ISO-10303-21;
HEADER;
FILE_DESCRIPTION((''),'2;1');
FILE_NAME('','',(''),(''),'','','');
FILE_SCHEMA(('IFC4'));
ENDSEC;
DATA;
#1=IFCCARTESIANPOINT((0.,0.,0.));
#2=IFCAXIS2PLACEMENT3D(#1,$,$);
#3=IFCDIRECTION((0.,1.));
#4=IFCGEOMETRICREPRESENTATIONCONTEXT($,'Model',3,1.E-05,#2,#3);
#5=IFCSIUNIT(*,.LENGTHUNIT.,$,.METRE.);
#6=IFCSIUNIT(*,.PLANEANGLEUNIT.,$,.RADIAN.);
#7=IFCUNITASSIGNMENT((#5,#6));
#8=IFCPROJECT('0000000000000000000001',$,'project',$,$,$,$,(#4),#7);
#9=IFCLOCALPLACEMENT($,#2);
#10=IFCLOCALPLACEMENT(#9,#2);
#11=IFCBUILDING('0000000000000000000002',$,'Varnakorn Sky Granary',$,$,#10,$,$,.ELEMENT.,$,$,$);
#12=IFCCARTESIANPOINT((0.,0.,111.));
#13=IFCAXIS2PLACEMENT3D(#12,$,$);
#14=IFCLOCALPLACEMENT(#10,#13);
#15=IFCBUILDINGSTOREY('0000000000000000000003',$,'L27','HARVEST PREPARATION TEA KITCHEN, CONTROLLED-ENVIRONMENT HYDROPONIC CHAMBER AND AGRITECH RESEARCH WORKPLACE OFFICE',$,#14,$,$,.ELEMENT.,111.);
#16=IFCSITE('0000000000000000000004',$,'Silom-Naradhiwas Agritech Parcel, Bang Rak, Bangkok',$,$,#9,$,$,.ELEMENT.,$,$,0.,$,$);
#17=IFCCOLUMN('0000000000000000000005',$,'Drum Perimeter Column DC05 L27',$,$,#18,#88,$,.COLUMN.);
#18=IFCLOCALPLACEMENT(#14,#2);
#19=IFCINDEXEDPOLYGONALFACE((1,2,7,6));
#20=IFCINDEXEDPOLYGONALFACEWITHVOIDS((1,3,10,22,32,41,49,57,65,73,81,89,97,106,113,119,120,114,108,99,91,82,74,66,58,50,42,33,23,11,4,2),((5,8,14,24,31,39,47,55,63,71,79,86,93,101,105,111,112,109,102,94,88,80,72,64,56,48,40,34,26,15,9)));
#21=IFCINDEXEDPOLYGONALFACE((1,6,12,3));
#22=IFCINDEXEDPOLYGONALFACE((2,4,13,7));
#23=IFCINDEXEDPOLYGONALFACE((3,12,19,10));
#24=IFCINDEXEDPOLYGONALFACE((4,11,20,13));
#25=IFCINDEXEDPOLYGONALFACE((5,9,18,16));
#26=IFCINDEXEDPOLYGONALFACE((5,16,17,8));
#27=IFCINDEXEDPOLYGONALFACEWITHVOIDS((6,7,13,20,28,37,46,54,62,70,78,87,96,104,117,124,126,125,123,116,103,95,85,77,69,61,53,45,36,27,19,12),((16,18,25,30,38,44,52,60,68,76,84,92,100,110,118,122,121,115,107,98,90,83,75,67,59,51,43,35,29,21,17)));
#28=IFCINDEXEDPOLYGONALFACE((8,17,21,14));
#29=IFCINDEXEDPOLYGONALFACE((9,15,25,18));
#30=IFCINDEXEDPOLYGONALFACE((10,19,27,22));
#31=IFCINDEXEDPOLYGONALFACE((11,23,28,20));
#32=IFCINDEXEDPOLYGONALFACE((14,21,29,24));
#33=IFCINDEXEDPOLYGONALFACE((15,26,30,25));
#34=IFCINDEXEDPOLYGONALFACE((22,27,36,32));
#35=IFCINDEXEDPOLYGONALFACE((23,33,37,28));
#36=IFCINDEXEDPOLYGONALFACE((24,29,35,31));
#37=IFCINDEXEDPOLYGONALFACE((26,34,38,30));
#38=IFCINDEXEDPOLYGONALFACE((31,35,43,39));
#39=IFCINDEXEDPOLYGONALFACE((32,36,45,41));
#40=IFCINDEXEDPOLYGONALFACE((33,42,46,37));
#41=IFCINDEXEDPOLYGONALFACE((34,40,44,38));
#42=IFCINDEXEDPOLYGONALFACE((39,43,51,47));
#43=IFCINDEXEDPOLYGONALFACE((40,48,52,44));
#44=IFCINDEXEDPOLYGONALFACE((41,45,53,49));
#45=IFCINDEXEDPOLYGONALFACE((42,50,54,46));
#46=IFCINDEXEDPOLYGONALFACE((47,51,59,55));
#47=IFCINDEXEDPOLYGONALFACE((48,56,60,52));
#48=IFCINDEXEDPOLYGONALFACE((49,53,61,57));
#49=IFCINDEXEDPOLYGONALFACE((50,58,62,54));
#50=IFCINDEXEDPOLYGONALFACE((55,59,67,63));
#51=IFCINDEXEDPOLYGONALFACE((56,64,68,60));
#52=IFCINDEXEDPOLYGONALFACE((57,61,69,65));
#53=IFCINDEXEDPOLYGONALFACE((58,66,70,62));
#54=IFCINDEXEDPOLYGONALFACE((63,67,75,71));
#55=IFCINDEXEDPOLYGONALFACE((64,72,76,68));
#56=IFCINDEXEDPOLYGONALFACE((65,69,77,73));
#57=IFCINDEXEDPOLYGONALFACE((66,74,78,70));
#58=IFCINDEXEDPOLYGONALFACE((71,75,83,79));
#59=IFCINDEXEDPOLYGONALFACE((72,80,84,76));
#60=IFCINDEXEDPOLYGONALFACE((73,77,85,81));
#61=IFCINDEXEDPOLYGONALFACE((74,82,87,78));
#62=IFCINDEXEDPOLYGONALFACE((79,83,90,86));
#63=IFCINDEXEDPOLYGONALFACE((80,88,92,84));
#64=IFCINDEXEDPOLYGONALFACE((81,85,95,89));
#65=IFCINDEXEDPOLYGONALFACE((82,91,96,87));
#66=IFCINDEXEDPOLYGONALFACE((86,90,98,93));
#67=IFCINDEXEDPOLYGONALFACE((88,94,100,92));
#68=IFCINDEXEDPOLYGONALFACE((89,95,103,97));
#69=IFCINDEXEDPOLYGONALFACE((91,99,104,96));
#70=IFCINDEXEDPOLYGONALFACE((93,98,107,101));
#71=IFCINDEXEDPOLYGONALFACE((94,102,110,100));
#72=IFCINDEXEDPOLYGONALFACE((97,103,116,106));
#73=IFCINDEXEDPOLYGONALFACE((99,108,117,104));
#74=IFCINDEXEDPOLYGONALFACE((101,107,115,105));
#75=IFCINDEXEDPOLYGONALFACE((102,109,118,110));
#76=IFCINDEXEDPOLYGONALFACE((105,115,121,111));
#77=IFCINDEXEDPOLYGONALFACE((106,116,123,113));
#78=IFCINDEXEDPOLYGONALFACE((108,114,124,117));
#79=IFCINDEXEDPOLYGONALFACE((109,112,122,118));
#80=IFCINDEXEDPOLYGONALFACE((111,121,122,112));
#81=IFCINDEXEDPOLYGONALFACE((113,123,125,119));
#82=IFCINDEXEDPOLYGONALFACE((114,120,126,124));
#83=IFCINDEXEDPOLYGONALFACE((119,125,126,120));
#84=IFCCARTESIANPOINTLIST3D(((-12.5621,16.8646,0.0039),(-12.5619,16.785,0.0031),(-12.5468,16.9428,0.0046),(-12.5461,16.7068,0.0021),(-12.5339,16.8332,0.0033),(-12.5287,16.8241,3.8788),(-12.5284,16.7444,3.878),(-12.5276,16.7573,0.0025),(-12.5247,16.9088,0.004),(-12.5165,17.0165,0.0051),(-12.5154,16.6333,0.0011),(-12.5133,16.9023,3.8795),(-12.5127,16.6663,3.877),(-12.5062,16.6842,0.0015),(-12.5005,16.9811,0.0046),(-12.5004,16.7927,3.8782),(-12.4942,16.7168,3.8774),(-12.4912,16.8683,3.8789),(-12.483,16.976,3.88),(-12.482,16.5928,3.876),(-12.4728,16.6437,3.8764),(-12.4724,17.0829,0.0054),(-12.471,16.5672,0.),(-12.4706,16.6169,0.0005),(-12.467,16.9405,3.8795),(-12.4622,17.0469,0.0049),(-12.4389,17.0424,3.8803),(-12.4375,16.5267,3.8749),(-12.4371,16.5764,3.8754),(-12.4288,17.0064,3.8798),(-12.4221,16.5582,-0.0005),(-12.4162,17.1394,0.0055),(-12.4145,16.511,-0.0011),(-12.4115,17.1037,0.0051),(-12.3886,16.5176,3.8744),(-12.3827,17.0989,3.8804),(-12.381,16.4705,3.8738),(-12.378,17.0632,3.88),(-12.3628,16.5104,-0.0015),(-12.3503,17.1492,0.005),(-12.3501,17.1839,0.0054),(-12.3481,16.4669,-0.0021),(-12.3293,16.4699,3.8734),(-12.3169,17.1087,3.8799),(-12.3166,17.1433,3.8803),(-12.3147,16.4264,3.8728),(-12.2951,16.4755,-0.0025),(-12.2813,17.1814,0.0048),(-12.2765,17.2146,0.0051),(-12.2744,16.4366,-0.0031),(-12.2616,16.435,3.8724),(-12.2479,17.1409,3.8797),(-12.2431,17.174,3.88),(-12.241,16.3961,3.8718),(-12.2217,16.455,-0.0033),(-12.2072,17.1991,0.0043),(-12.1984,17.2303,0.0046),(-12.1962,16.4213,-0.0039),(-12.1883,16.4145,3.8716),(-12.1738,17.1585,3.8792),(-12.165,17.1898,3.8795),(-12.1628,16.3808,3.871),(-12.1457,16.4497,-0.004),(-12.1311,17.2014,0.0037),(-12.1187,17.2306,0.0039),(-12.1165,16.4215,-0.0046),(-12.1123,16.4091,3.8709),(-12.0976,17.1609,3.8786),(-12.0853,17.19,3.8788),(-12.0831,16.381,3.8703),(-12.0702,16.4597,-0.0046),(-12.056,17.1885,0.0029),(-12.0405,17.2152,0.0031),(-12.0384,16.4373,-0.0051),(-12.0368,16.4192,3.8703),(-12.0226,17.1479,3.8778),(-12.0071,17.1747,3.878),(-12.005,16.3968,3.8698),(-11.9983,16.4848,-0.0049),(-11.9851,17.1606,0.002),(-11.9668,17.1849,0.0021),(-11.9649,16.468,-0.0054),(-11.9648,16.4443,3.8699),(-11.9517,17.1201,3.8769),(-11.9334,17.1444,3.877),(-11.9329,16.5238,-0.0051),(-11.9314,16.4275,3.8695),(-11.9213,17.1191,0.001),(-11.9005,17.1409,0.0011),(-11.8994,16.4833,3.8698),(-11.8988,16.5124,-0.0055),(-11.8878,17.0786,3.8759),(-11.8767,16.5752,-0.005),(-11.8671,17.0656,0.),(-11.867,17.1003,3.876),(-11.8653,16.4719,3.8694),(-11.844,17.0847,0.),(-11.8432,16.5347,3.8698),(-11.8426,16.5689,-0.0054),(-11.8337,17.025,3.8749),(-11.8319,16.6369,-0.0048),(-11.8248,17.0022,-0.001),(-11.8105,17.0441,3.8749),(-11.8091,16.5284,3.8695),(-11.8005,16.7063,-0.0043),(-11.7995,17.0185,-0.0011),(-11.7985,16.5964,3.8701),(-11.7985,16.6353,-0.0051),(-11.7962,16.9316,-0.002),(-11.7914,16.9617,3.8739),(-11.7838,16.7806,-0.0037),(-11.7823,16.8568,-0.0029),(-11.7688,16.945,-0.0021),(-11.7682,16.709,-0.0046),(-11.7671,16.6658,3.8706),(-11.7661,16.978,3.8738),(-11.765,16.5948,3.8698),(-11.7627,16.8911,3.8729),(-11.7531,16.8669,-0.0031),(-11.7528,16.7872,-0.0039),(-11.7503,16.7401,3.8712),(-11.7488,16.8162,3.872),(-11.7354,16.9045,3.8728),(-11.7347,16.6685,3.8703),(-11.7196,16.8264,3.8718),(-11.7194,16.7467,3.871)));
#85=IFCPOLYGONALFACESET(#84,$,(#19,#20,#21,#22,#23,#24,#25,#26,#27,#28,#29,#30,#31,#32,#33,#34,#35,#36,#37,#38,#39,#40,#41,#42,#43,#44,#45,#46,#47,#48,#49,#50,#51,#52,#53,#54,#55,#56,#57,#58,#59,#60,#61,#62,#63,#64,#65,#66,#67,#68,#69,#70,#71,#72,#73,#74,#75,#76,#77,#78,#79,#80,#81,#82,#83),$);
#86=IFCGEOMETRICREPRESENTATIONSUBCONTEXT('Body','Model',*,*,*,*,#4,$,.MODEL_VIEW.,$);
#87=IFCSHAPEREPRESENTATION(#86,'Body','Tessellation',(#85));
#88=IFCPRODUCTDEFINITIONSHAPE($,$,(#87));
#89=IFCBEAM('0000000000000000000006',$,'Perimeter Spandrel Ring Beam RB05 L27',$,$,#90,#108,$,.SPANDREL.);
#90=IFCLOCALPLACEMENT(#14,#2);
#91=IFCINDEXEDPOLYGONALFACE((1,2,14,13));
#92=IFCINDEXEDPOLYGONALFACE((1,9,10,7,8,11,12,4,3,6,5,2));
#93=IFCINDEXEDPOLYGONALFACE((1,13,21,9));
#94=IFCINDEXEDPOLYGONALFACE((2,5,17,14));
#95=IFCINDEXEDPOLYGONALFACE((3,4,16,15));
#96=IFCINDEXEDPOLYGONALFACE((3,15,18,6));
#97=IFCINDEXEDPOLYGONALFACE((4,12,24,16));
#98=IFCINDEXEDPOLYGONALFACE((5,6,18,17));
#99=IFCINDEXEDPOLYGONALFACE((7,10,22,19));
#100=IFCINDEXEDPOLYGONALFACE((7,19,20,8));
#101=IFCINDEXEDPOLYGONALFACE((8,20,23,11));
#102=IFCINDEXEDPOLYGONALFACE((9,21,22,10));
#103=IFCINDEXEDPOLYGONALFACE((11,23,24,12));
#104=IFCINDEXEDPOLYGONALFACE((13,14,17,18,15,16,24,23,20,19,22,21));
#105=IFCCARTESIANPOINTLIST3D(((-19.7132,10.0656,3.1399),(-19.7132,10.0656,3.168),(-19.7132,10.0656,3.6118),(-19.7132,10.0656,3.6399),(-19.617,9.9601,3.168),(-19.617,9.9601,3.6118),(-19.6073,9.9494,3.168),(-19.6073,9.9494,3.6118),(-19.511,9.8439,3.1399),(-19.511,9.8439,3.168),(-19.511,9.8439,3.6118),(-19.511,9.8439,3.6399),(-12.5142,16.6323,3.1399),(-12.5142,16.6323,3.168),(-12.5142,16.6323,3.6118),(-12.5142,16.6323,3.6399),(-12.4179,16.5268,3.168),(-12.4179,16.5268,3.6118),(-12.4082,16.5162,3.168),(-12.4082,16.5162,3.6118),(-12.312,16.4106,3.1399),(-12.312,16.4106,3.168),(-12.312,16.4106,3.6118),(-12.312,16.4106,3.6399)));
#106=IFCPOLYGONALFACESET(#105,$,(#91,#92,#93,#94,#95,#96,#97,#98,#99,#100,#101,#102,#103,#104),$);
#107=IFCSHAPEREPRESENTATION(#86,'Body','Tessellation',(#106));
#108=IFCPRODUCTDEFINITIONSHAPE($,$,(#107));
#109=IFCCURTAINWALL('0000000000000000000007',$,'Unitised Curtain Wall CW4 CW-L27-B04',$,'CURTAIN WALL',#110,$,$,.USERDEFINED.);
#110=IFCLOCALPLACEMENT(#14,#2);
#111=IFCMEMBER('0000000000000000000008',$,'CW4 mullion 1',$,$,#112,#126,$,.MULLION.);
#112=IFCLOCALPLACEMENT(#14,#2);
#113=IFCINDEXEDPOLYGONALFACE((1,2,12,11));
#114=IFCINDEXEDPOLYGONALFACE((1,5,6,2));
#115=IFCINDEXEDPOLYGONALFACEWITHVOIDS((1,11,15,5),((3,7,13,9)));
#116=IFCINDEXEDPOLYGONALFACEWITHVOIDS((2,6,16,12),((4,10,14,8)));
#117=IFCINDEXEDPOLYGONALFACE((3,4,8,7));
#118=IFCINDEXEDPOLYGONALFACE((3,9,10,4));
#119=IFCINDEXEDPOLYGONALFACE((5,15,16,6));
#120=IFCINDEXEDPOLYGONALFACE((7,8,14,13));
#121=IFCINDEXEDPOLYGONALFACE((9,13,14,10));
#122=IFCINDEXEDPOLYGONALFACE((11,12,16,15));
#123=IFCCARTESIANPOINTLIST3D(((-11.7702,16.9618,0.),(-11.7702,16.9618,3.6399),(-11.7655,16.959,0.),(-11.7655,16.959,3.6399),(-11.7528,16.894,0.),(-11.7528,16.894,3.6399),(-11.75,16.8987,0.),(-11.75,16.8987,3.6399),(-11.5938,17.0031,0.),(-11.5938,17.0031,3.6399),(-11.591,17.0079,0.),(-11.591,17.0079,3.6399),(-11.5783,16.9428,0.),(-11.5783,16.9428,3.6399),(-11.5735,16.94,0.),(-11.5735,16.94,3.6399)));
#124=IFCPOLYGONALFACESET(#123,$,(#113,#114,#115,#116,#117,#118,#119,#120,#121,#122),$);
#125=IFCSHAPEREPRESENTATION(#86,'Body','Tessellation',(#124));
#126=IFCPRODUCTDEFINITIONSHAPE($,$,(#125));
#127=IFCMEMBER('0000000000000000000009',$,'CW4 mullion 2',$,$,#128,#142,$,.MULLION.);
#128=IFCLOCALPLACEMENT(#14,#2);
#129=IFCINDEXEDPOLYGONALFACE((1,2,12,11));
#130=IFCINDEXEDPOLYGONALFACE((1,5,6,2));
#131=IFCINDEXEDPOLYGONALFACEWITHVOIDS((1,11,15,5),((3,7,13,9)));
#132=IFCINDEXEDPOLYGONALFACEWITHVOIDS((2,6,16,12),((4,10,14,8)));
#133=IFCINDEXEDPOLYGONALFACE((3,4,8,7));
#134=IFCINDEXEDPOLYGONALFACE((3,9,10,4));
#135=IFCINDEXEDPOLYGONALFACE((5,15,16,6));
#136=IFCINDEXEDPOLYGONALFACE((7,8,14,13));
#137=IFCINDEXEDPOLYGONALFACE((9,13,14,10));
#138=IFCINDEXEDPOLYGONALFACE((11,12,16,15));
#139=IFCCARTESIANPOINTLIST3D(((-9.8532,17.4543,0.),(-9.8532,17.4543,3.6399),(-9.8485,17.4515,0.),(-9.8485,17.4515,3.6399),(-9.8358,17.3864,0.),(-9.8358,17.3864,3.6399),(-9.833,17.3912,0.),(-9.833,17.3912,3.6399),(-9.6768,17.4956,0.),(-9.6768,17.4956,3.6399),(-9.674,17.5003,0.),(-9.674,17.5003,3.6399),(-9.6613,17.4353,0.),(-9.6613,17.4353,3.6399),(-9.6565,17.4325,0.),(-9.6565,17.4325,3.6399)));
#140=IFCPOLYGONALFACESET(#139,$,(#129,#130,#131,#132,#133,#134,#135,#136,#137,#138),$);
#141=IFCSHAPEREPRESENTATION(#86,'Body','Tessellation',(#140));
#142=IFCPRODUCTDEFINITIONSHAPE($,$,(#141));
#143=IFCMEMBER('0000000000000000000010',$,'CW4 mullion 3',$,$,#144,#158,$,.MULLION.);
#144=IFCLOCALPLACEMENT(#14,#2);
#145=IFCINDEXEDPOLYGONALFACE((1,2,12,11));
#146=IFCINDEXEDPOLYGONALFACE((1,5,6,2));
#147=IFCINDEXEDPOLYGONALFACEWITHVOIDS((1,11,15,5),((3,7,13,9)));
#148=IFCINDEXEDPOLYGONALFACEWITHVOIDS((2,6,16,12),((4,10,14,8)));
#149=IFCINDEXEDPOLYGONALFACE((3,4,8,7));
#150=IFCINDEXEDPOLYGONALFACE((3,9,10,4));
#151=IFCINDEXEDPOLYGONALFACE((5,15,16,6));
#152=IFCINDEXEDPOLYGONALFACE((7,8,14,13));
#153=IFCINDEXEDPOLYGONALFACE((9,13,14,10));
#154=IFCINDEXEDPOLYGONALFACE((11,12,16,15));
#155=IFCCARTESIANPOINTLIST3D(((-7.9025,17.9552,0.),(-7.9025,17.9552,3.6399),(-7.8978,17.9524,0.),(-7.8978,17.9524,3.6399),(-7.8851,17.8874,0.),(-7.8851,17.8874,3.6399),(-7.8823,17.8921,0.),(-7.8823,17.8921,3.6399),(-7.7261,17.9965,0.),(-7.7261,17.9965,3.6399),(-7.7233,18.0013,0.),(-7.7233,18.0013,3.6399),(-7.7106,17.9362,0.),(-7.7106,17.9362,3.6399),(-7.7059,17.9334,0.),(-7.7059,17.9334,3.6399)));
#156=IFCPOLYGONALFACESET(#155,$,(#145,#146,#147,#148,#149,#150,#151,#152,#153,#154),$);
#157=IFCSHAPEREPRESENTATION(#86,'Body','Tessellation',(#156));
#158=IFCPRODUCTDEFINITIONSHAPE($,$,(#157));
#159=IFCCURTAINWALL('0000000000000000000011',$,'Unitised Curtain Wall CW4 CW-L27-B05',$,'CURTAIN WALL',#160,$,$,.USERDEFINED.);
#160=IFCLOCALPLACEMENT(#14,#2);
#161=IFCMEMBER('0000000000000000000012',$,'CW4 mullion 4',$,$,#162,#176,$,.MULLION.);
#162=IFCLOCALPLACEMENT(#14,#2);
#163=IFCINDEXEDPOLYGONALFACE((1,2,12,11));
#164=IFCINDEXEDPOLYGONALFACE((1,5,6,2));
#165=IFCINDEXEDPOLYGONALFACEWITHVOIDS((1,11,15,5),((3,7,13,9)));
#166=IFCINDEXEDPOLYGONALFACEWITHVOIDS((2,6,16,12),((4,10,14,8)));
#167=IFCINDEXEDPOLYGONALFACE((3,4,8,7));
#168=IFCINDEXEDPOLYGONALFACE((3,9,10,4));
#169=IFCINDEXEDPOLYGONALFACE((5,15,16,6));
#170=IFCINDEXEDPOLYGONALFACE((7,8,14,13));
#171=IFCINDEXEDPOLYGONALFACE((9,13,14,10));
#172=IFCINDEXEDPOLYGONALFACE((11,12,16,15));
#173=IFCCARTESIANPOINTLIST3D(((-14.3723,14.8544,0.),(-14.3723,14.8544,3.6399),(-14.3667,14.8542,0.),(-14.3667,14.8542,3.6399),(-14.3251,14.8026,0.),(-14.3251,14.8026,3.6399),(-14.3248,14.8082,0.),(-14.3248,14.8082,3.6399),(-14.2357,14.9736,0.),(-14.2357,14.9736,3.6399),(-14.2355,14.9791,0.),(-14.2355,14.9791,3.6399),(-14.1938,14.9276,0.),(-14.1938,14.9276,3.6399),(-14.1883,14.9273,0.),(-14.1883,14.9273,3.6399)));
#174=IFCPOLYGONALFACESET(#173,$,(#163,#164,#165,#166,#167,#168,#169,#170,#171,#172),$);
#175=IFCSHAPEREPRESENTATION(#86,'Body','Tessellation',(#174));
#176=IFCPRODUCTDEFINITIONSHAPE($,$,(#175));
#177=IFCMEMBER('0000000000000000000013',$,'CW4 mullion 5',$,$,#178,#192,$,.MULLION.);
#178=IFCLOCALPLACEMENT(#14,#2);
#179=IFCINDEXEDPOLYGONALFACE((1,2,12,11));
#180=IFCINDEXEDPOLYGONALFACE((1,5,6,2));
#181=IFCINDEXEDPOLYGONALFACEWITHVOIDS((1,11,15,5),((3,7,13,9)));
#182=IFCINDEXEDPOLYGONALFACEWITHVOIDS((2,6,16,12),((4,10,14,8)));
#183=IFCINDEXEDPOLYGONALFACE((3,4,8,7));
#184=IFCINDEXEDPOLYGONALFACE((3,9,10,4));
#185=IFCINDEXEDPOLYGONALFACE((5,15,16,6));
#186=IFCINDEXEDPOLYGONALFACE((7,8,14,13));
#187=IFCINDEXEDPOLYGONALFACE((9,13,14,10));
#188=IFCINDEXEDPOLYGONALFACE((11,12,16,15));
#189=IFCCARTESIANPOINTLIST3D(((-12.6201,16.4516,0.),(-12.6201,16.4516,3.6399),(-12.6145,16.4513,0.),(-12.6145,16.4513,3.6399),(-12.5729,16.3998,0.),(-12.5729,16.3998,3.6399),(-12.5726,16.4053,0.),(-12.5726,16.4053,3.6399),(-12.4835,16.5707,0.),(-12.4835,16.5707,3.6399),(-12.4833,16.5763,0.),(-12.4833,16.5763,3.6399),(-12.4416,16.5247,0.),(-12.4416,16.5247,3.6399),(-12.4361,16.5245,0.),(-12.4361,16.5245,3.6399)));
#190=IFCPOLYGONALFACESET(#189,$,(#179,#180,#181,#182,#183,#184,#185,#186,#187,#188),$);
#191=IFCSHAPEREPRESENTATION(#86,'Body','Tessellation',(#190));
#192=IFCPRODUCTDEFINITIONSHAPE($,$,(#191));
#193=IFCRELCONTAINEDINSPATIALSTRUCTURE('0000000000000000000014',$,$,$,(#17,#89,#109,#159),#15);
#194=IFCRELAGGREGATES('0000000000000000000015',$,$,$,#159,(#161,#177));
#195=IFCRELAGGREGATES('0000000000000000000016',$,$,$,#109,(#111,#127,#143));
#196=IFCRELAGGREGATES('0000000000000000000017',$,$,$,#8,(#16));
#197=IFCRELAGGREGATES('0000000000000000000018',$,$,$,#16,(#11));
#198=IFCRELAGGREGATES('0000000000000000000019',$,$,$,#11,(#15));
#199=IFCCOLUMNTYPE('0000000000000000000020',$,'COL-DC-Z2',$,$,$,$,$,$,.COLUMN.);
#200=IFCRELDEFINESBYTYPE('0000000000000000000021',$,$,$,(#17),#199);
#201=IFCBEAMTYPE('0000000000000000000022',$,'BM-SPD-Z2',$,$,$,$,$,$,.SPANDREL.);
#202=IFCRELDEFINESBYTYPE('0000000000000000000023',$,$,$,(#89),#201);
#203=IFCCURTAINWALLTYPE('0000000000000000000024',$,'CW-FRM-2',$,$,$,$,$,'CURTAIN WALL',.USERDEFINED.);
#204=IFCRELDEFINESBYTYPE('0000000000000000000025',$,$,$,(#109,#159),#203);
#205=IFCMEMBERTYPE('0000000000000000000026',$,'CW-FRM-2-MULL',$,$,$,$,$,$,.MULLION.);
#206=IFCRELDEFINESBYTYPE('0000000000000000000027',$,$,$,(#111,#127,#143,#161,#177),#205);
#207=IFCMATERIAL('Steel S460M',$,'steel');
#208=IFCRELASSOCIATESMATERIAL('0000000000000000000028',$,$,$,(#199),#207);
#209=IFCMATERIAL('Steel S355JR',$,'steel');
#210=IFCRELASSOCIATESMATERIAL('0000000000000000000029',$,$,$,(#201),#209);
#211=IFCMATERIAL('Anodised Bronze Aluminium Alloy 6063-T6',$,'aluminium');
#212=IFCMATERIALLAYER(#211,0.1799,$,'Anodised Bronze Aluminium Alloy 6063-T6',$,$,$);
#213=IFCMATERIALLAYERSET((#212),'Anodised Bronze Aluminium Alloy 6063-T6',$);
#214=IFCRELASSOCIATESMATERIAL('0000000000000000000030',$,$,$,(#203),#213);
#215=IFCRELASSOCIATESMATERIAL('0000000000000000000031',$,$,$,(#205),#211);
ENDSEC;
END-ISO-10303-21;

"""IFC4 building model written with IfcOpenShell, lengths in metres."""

from ifc_helpers import new_model, si_unit, direction, frame, origin, origin_2d, place, context, subcontext, project, spatial, hollow_rectangle, hollow_circle, i_section, extrude, material, layer, layer_set, material_profile, profile_set, type_object, element, aggregate, save


model = new_model("IFC4")

# Units and contexts
model_context = context("Model", 3, precision=1e-05, world=origin(), true_north=direction((0.0, 1.0)))
body_context = subcontext(model_context, "Body", "Model", "MODEL_VIEW")
ifc_project = project(units=[si_unit("LENGTHUNIT", "METRE"), si_unit("PLANEANGLEUNIT", "RADIAN")], contexts=[model_context])

# Site, building, storey
site_placement = place(None, origin())
site = spatial("IfcSite", under=ifc_project, at=site_placement, Name="Silom-Naradhiwas Agritech Parcel, Bang Rak, Bangkok", CompositionType="ELEMENT", RefElevation=0.0)
building_placement = place(site_placement, origin())
building = spatial("IfcBuilding", under=site, at=building_placement, Name="Varnakorn Sky Granary", CompositionType="ELEMENT")
storey_placement = place(building_placement, frame((0.0, 0.0, 111.0)))
storey = spatial("IfcBuildingStorey", under=building, at=storey_placement, Name="L27", Description="HARVEST PREPARATION TEA KITCHEN, CONTROLLED-ENVIRONMENT HYDROPONIC CHAMBER AND AGRITECH RESEARCH WORKPLACE OFFICE", CompositionType="ELEMENT", Elevation=111.0)

# Column
ifc_material_1 = material(Name="Steel S460M", Category="steel")
ifc_material_profile_1 = material_profile(ifc_material_1, hollow_circle(Radius=0.4065, WallThickness=0.03, at=origin_2d()), Name="CHS 813x30")
ifc_profile_set_1 = profile_set([ifc_material_profile_1], Name="Steel S460M")
column_type = type_object("IfcColumnType", Name="COL-DC-Z2", PredefinedType="COLUMN", material=ifc_profile_set_1)
column_placement = place(storey_placement, frame((-12.1575, 16.8259, 0.0), z_axis=(0.008631, -0.010458, 0.999908), x_axis=(0.771259, 0.636521, 0.0)))
element("IfcColumn", 1, at=column_placement, inside=storey, type_object=column_type, Name="Drum Perimeter Column DC05 L27", PredefinedType="COLUMN", context=body_context, shape_type="SweptSolid", body=[
    extrude(hollow_circle(Radius=0.4065, WallThickness=0.03, at=origin_2d()), origin(), (0.0, 0.0, 1.0), 3.8752),
])

# Beam
ifc_material_2 = material(Name="Steel S355JR", Category="steel")
ifc_material_profile_2 = material_profile(ifc_material_2, i_section(OverallWidth=0.3, OverallDepth=0.5, WebThickness=0.0144, FlangeThickness=0.0281, at=origin_2d()), Name="HE 500 B")
ifc_profile_set_2 = profile_set([ifc_material_profile_2], Name="Steel S355JR")
beam_type = type_object("IfcBeamType", Name="BM-SPD-Z2", PredefinedType="SPANDREL", material=ifc_profile_set_2)
beam_placement = place(storey_placement, frame((-12.4131, 16.5215, 3.3899), z_axis=(-0.738809, -0.673915, 0.0), x_axis=(0.673915, -0.738809, 0.0)))
element("IfcBeam", 2, at=beam_placement, inside=storey, type_object=beam_type, Name="Perimeter Spandrel Ring Beam RB05 L27", PredefinedType="SPANDREL", context=body_context, shape_type="SweptSolid", body=[
    extrude(i_section(OverallWidth=0.3, OverallDepth=0.5, WebThickness=0.0144, FlangeThickness=0.0281, at=origin_2d()), origin(), (0.0, 0.0, 1.0), 9.7441),
])

# Curtain walls, members
ifc_material_3 = material(Name="Anodised Bronze Aluminium Alloy 6063-T6", Category="aluminium")
ifc_layer_1 = layer(ifc_material_3, 0.1799, Name="Anodised Bronze Aluminium Alloy 6063-T6")
ifc_layer_set_1 = layer_set([ifc_layer_1], Name="Anodised Bronze Aluminium Alloy 6063-T6")
curtain_wall_type = type_object("IfcCurtainWallType", Name="CW-FRM-2", ElementType="CURTAIN WALL", PredefinedType="USERDEFINED", material=ifc_layer_set_1)
curtain_wall_1_placement = place(storey_placement, origin())
curtain_wall_1 = element("IfcCurtainWall", 3, at=curtain_wall_1_placement, inside=storey, type_object=curtain_wall_type, Name="Unitised Curtain Wall CW4 CW-L27-B04", ObjectType="CURTAIN WALL", PredefinedType="USERDEFINED")
ifc_material_profile_3 = material_profile(ifc_material_3, hollow_rectangle(XDim=0.0701, YDim=0.1851, WallThickness=0.0039, at=origin_2d()), Name="ALU MULL 70x185")
ifc_profile_set_3 = profile_set([ifc_material_profile_3], Name="Anodised Bronze Aluminium Alloy 6063-T6")
member_type_1 = type_object("IfcMemberType", Name="CW-FRM-2-MULL", PredefinedType="MULLION", material=ifc_profile_set_3)
member_1_placement = place(storey_placement, frame((-11.6719, 16.9509, 0.0), z_axis=(0.0, 0.0, 1.0), x_axis=(-0.248823, 0.968549, 0.0)))
member_1 = element("IfcMember", 4, at=member_1_placement, type_object=member_type_1, Name="CW4 mullion 1", PredefinedType="MULLION", context=body_context, shape_type="SweptSolid", body=[
    extrude(hollow_rectangle(XDim=0.0701, YDim=0.1851, WallThickness=0.0039, at=origin_2d()), origin(), (0.0, 0.0, 1.0), 3.6399),
])
member_2_placement = place(storey_placement, frame((-9.7549, 17.4434, 0.0), z_axis=(0.0, 0.0, 1.0), x_axis=(-0.248823, 0.968549, 0.0)))
member_2 = element("IfcMember", 5, at=member_2_placement, type_object=member_type_1, Name="CW4 mullion 2", PredefinedType="MULLION", context=body_context, shape_type="SweptSolid", body=[
    extrude(hollow_rectangle(XDim=0.0701, YDim=0.1851, WallThickness=0.0039, at=origin_2d()), origin(), (0.0, 0.0, 1.0), 3.6399),
])
member_3_placement = place(storey_placement, frame((-7.8042, 17.9443, 0.0), z_axis=(0.0, 0.0, 1.0), x_axis=(-0.248823, 0.968549, 0.0)))
member_3 = element("IfcMember", 6, at=member_3_placement, type_object=member_type_1, Name="CW4 mullion 3", PredefinedType="MULLION", context=body_context, shape_type="SweptSolid", body=[
    extrude(hollow_rectangle(XDim=0.0701, YDim=0.1851, WallThickness=0.0039, at=origin_2d()), origin(), (0.0, 0.0, 1.0), 3.6399),
])
curtain_wall_2_placement = place(storey_placement, origin())
curtain_wall_2 = element("IfcCurtainWall", 7, at=curtain_wall_2_placement, inside=storey, type_object=curtain_wall_type, Name="Unitised Curtain Wall CW4 CW-L27-B05", ObjectType="CURTAIN WALL", PredefinedType="USERDEFINED")
member_4_placement = place(storey_placement, frame((-14.2803, 14.8909, 0.0), z_axis=(0.0, 0.0, 1.0), x_axis=(-0.673654, 0.739047, 0.0)))
member_4 = element("IfcMember", 8, at=member_4_placement, type_object=member_type_1, Name="CW4 mullion 4", PredefinedType="MULLION", context=body_context, shape_type="SweptSolid", body=[
    extrude(hollow_rectangle(XDim=0.0701, YDim=0.1851, WallThickness=0.0039, at=origin_2d()), origin(), (0.0, 0.0, 1.0), 3.6399),
])
member_5_placement = place(storey_placement, frame((-12.5281, 16.488, 0.0), z_axis=(0.0, 0.0, 1.0), x_axis=(-0.673654, 0.739047, 0.0)))
member_5 = element("IfcMember", 9, at=member_5_placement, type_object=member_type_1, Name="CW4 mullion 5", PredefinedType="MULLION", context=body_context, shape_type="SweptSolid", body=[
    extrude(hollow_rectangle(XDim=0.0701, YDim=0.1851, WallThickness=0.0039, at=origin_2d()), origin(), (0.0, 0.0, 1.0), 3.6399),
])

aggregate(curtain_wall_2, [member_4, member_5])
aggregate(curtain_wall_1, [member_1, member_2, member_3])

save(model, "model.ifc")
